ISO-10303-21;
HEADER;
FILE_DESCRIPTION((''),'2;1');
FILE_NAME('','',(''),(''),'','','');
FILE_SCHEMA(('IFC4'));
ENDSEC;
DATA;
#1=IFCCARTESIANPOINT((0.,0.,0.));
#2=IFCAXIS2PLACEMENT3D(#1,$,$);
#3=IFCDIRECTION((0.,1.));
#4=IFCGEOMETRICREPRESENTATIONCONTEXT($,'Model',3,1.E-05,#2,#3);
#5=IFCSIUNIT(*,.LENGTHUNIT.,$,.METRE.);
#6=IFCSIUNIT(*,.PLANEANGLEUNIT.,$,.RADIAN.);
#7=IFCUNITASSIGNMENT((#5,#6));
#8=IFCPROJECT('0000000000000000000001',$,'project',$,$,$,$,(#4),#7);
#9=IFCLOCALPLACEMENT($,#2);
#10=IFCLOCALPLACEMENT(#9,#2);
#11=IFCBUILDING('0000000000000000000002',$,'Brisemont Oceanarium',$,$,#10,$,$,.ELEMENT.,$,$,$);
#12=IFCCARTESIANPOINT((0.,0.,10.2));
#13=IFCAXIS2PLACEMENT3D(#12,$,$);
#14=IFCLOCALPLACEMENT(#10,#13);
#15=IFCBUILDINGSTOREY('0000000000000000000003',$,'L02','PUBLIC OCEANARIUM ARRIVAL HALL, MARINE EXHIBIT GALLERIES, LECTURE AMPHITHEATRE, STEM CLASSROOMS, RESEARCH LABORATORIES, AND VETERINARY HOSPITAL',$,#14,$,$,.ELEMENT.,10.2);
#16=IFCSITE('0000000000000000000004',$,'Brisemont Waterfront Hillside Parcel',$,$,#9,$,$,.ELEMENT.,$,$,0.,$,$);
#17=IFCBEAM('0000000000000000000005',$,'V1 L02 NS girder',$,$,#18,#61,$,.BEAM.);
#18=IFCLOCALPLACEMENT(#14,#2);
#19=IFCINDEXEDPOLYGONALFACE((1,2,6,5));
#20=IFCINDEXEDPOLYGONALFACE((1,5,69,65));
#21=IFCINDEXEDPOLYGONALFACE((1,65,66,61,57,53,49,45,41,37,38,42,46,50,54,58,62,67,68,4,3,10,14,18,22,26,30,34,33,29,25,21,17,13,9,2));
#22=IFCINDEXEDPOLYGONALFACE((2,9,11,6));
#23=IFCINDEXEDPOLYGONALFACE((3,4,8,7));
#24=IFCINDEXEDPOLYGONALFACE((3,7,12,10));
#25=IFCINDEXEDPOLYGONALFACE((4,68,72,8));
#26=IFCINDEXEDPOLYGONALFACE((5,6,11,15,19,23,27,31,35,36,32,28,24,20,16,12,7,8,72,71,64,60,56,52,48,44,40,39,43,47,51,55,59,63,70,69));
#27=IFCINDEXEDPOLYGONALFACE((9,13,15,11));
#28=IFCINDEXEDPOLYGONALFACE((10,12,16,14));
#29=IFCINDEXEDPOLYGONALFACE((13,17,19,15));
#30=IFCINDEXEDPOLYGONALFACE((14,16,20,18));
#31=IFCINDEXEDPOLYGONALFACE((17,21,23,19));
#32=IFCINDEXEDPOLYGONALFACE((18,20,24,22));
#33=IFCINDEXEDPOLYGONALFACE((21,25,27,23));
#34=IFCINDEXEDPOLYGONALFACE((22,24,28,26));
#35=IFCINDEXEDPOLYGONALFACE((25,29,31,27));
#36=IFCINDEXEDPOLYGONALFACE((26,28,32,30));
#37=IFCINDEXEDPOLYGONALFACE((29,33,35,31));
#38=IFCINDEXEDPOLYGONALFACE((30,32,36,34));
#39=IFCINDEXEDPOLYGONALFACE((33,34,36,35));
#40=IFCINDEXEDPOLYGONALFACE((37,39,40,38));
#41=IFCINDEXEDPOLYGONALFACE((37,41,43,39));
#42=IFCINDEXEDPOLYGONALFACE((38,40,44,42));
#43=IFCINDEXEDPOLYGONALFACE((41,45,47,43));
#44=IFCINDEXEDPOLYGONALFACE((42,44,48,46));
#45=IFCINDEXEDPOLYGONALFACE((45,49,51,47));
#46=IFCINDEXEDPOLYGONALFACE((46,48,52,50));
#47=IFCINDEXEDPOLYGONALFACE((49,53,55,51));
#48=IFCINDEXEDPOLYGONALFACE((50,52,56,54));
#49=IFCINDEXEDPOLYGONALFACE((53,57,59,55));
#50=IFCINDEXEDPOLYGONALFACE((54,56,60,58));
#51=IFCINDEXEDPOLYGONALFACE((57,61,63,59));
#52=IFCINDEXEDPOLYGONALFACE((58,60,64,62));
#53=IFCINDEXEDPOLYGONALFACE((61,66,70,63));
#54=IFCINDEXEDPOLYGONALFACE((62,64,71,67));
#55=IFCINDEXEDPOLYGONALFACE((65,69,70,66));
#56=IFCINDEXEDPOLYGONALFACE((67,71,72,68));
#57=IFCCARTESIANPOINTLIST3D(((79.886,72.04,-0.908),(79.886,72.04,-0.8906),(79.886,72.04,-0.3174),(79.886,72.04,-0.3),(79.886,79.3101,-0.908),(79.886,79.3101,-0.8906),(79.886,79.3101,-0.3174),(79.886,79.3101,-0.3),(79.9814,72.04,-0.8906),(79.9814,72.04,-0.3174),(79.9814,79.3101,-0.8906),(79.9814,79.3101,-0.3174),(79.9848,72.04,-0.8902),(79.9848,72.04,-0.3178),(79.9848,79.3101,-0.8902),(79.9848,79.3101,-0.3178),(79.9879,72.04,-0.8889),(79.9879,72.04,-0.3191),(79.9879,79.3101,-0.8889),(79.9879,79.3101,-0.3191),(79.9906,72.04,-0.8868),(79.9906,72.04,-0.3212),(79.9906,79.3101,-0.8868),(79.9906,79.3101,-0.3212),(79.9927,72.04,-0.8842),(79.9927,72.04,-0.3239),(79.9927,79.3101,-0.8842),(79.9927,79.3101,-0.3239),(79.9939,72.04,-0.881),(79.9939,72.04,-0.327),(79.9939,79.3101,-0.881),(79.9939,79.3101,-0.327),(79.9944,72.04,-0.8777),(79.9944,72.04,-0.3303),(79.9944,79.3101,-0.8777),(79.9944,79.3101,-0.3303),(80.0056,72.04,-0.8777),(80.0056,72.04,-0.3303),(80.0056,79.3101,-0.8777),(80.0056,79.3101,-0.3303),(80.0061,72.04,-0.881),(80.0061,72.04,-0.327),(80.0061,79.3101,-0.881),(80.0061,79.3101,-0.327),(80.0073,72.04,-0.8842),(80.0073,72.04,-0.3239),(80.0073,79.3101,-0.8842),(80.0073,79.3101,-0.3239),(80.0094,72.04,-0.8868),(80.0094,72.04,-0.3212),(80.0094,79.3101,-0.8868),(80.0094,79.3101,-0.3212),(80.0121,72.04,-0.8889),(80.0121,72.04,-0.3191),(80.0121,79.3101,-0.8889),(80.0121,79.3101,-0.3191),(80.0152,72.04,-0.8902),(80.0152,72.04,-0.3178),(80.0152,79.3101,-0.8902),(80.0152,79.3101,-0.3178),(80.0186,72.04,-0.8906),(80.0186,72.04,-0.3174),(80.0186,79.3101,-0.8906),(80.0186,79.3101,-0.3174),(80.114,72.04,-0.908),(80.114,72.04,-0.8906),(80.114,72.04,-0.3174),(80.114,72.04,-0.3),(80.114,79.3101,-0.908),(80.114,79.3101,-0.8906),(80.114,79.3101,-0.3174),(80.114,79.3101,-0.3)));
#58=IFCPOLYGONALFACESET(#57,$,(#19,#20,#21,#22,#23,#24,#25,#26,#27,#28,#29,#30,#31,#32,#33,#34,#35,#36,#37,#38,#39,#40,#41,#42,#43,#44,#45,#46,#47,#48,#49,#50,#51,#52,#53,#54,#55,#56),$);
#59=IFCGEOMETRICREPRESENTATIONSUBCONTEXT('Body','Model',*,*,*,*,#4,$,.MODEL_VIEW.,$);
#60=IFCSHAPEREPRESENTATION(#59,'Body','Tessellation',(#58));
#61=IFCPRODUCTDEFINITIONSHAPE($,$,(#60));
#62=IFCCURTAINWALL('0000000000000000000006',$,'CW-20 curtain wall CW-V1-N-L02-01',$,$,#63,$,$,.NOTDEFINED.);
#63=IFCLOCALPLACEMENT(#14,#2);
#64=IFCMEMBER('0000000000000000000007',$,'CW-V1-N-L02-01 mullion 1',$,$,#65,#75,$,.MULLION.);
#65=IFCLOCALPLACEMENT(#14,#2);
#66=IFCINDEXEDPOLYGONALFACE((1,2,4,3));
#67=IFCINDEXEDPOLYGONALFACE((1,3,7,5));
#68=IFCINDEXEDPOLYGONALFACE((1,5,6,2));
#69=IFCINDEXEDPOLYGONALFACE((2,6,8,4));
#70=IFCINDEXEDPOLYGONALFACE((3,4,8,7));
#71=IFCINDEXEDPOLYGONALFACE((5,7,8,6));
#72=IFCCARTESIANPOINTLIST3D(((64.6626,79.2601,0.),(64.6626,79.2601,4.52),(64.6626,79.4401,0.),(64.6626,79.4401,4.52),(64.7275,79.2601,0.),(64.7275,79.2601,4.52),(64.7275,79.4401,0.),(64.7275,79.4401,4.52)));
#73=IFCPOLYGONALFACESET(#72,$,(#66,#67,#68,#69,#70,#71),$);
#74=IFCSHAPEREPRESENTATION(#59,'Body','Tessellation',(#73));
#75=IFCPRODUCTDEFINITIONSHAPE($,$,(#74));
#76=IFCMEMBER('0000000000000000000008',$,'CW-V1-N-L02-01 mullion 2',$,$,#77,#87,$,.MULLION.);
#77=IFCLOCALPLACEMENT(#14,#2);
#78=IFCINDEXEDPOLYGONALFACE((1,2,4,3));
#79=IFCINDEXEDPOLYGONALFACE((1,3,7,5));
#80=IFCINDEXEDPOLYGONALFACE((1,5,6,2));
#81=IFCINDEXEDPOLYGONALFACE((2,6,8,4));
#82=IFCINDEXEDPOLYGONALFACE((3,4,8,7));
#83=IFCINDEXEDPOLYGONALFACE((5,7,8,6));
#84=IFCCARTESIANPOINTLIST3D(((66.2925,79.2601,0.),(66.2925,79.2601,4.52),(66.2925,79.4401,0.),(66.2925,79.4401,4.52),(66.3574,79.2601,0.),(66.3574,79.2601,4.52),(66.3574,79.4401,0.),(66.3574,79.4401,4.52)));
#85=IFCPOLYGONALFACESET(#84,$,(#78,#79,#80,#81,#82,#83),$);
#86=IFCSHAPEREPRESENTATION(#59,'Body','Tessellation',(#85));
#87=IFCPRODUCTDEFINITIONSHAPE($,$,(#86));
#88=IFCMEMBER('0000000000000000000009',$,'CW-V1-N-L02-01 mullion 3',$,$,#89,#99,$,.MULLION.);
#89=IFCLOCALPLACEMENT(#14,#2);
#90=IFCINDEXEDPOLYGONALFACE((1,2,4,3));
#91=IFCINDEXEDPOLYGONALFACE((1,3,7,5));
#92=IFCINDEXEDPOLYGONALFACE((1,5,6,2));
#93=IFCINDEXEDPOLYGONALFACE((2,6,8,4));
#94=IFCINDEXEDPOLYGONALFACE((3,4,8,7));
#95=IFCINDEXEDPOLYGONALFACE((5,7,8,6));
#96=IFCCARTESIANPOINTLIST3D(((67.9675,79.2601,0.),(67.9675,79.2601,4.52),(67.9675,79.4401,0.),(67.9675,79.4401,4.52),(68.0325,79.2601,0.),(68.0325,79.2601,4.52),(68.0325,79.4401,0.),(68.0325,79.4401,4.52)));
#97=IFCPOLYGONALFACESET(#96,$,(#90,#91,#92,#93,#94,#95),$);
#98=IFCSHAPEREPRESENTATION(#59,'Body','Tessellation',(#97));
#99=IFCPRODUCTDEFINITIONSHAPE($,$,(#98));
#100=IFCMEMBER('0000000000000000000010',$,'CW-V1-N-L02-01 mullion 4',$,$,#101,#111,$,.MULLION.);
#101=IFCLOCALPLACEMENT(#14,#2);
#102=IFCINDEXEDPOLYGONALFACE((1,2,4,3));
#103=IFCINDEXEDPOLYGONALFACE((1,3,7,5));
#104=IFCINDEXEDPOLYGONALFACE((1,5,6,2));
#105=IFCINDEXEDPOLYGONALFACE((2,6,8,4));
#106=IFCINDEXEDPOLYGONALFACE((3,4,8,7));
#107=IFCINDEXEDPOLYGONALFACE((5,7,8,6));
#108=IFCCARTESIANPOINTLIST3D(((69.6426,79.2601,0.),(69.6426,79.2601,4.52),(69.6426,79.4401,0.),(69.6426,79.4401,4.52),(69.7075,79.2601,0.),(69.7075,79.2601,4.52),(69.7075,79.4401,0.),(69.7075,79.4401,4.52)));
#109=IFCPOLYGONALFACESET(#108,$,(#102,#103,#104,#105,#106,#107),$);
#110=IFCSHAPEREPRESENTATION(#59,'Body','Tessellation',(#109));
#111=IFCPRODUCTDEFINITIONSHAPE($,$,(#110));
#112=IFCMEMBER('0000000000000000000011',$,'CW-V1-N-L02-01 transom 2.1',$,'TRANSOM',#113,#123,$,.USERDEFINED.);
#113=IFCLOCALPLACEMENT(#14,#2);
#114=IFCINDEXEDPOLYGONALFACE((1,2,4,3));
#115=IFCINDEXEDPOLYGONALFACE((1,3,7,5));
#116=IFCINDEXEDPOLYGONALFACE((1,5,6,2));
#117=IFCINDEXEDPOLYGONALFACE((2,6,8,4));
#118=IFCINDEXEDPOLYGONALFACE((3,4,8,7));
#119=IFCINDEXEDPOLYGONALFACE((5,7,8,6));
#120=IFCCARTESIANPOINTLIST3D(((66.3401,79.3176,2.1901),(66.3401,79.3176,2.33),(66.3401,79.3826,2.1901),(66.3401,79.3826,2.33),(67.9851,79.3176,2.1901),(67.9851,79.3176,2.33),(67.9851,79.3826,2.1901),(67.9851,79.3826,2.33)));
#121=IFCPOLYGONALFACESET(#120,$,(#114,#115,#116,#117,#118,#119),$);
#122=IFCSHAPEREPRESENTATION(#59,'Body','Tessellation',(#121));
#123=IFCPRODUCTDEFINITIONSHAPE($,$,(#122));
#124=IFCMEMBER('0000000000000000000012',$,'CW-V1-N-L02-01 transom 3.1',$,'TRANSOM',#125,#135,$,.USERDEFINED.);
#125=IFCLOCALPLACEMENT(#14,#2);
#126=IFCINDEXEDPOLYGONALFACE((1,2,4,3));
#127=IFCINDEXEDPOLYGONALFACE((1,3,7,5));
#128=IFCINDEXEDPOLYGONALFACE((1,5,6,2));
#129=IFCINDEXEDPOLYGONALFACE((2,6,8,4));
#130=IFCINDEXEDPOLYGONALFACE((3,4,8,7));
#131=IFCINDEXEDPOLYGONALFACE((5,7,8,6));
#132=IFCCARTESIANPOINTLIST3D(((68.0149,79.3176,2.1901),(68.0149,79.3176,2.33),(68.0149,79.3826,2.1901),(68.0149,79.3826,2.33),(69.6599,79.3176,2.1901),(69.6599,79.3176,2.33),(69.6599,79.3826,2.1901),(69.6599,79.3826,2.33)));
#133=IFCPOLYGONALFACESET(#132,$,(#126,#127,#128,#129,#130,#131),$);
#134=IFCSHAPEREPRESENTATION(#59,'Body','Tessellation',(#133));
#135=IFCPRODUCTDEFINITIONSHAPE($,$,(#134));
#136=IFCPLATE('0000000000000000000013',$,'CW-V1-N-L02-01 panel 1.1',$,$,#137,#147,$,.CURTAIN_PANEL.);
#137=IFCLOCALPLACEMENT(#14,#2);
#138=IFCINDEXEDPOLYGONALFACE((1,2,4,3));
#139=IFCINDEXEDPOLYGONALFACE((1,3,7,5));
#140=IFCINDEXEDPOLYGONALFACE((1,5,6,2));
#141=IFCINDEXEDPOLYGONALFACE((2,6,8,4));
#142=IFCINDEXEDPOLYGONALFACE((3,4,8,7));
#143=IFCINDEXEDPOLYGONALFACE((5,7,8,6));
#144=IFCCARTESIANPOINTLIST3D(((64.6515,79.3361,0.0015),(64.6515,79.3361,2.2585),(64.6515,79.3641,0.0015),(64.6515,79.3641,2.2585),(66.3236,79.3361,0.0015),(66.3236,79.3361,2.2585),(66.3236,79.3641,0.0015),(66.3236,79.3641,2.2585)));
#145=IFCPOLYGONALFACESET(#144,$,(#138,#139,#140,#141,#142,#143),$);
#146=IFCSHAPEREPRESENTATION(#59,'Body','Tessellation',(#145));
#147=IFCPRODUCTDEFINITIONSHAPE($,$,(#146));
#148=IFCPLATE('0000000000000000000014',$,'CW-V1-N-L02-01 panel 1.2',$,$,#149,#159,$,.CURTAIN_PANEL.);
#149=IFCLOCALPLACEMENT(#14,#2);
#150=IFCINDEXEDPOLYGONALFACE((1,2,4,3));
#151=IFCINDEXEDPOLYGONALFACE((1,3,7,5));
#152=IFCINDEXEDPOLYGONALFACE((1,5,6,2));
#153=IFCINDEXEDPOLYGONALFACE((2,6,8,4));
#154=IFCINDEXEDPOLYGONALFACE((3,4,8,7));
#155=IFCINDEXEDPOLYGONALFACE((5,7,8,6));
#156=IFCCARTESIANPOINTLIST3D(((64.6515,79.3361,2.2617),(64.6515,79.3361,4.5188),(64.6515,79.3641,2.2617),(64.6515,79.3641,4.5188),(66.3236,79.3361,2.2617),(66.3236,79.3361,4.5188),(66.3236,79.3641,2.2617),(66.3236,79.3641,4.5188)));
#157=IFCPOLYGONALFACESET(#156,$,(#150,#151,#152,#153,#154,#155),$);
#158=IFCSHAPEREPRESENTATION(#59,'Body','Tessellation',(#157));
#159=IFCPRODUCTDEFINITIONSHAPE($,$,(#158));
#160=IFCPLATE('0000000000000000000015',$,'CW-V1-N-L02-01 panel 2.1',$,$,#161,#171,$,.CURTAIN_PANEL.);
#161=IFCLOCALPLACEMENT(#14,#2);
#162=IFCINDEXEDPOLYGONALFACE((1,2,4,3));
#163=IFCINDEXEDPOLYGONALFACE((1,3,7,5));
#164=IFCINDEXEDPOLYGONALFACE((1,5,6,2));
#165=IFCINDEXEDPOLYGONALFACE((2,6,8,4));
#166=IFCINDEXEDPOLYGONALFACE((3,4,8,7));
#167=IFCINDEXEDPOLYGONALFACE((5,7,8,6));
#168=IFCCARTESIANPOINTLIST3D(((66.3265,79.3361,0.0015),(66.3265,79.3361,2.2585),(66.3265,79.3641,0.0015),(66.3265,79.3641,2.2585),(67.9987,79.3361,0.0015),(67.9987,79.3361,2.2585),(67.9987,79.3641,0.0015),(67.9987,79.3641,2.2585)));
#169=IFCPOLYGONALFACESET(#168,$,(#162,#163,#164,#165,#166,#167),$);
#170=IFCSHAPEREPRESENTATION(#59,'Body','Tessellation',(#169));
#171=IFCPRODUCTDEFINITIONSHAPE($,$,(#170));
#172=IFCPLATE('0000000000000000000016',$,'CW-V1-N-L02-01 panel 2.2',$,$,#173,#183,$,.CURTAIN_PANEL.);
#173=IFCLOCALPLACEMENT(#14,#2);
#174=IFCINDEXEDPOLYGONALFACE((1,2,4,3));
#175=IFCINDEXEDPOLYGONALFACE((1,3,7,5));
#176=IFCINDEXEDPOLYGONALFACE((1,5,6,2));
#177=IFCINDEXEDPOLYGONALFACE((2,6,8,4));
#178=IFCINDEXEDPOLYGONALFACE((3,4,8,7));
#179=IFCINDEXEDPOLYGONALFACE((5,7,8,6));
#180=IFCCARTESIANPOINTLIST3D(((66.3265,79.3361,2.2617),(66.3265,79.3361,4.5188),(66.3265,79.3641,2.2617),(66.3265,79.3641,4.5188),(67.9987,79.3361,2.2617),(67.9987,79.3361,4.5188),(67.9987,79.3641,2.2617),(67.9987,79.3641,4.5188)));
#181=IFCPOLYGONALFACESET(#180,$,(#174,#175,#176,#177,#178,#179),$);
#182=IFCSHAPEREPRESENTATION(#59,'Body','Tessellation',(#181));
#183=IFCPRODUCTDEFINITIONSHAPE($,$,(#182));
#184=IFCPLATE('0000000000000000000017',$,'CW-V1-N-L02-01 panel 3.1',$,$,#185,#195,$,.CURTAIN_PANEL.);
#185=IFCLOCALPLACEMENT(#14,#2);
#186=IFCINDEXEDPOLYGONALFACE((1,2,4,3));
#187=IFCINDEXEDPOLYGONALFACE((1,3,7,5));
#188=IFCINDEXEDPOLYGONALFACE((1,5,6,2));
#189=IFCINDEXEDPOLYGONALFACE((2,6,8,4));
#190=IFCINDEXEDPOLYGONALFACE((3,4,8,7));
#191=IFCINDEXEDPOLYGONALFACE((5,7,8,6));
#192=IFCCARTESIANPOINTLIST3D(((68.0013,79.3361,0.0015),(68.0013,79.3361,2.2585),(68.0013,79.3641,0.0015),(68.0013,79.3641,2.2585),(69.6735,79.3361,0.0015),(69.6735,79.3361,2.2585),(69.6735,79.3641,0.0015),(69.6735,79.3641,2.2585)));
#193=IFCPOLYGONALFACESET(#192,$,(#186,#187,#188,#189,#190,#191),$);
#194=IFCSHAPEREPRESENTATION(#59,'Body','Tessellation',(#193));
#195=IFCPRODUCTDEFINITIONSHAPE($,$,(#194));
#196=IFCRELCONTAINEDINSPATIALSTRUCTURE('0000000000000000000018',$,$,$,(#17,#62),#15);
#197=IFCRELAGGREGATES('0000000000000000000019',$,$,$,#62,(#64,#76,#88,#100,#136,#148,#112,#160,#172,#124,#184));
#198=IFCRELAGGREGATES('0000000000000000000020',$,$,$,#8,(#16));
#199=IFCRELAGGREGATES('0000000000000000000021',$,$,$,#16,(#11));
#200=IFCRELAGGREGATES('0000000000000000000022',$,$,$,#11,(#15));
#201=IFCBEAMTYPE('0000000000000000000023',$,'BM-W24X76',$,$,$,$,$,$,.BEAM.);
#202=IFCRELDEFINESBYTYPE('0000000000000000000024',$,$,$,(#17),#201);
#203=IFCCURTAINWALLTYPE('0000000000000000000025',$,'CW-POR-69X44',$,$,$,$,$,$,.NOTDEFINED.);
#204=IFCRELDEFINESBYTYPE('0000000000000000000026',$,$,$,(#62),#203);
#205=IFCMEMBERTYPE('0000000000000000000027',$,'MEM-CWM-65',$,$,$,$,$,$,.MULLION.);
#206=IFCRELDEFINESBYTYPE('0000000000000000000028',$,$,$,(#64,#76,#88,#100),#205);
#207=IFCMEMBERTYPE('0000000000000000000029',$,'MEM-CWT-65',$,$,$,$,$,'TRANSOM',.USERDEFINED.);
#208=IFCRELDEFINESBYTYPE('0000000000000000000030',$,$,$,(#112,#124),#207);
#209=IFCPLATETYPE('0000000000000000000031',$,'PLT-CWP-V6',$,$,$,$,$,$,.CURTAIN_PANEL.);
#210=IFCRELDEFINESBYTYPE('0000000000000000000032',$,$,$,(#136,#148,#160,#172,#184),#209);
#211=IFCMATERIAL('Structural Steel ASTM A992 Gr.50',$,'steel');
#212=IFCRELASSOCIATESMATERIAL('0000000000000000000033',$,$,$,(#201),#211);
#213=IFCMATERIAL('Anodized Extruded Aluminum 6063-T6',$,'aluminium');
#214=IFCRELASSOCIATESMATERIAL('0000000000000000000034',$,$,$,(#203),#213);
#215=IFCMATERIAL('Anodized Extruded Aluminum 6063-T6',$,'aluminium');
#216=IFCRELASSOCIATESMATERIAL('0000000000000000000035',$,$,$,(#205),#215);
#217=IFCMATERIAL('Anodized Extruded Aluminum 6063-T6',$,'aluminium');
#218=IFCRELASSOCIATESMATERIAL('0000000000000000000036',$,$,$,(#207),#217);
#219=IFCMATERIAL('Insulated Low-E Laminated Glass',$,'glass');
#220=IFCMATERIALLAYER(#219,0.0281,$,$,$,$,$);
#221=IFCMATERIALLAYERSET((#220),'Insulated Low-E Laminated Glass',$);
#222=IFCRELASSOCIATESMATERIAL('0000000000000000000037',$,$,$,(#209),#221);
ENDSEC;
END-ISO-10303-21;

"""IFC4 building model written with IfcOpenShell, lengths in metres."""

from ifc_helpers import new_model, si_unit, direction, frame, origin, origin_2d, place, context, subcontext, project, spatial, rectangle, i_section, extrude, material, layer, layer_set, material_profile, profile_set, type_object, element, aggregate, save


model = new_model("IFC4")

# Units and contexts
model_context = context("Model", 3, precision=1e-05, world=origin(), true_north=direction((0.0, 1.0)))
body_context = subcontext(model_context, "Body", "Model", "MODEL_VIEW")
ifc_project = project(units=[si_unit("LENGTHUNIT", "METRE"), si_unit("PLANEANGLEUNIT", "RADIAN")], contexts=[model_context])

# Site, building, storey
site_placement = place(None, origin())
site = spatial("IfcSite", under=ifc_project, at=site_placement, Name="Brisemont Waterfront Hillside Parcel", CompositionType="ELEMENT", RefElevation=0.0)
building_placement = place(site_placement, origin())
building = spatial("IfcBuilding", under=site, at=building_placement, Name="Brisemont Oceanarium", CompositionType="ELEMENT")
storey_placement = place(building_placement, frame((0.0, 0.0, 10.2)))
storey = spatial("IfcBuildingStorey", under=building, at=storey_placement, Name="L02", Description="PUBLIC OCEANARIUM ARRIVAL HALL, MARINE EXHIBIT GALLERIES, LECTURE AMPHITHEATRE, STEM CLASSROOMS, RESEARCH LABORATORIES, AND VETERINARY HOSPITAL", CompositionType="ELEMENT", Elevation=10.2)

# Beam
ifc_material_1 = material(Name="Structural Steel ASTM A992 Gr.50", Category="steel")
ifc_material_profile_1 = material_profile(ifc_material_1, i_section(OverallWidth=0.228, OverallDepth=0.6079, WebThickness=0.0112, FlangeThickness=0.0173, FilletRadius=0.0129, at=origin_2d()), Name="W24X76")
ifc_profile_set_1 = profile_set([ifc_material_profile_1], Name="Structural Steel ASTM A992 Gr.50")
beam_type_1 = type_object("IfcBeamType", Name="BM-W24X76", PredefinedType="BEAM", material=ifc_profile_set_1)
beam_1_placement = place(storey_placement, frame((80.0, 72.04, -0.604), z_axis=(0.0, 1.0, 0.0), x_axis=(-1.0, 0.0, 0.0)))
element("IfcBeam", 1, at=beam_1_placement, inside=storey, type_object=beam_type_1, Name="V1 L02 NS girder", PredefinedType="BEAM", context=body_context, shape_type="SweptSolid", body=[
    extrude(i_section(OverallWidth=0.228, OverallDepth=0.6079, WebThickness=0.0112, FlangeThickness=0.0173, FilletRadius=0.0129, at=origin_2d()), origin(), (0.0, 0.0, 1.0), 7.27),
])

# Curtain wall, members, plates
ifc_material_2 = material(Name="Anodized Extruded Aluminum 6063-T6", Category="aluminium")
curtain_wall_type = type_object("IfcCurtainWallType", Name="CW-POR-69X44", PredefinedType="NOTDEFINED", material=ifc_material_2)
curtain_wall_placement = place(storey_placement, origin())
curtain_wall = element("IfcCurtainWall", 2, at=curtain_wall_placement, inside=storey, type_object=curtain_wall_type, Name="CW-20 curtain wall CW-V1-N-L02-01", PredefinedType="NOTDEFINED")
ifc_material_3 = material(Name="Anodized Extruded Aluminum 6063-T6", Category="aluminium")
ifc_material_profile_2 = material_profile(ifc_material_3, rectangle(XDim=0.0649, YDim=0.1799, at=origin_2d()), Name="CWM-65X180")
ifc_profile_set_2 = profile_set([ifc_material_profile_2], Name="Anodized Extruded Aluminum 6063-T6")
member_type_1 = type_object("IfcMemberType", Name="MEM-CWM-65", PredefinedType="MULLION", material=ifc_profile_set_2)
member_1_placement = place(storey_placement, frame((64.6951, 79.3501, 0.0), z_axis=(0.0, 0.0, 1.0), x_axis=(1.0, 0.0, 0.0)))
member_1 = element("IfcMember", 3, at=member_1_placement, type_object=member_type_1, Name="CW-V1-N-L02-01 mullion 1", PredefinedType="MULLION", context=body_context, shape_type="SweptSolid", body=[
    extrude(rectangle(XDim=0.0649, YDim=0.1799, at=origin_2d()), origin(), (0.0, 0.0, 1.0), 4.52),
])
member_2_placement = place(storey_placement, frame((66.325, 79.3501, 0.0), z_axis=(0.0, 0.0, 1.0), x_axis=(1.0, 0.0, 0.0)))
member_2 = element("IfcMember", 4, at=member_2_placement, type_object=member_type_1, Name="CW-V1-N-L02-01 mullion 2", PredefinedType="MULLION", context=body_context, shape_type="SweptSolid", body=[
    extrude(rectangle(XDim=0.0649, YDim=0.1799, at=origin_2d()), origin(), (0.0, 0.0, 1.0), 4.52),
])
member_3_placement = place(storey_placement, frame((68.0, 79.3501, 0.0), z_axis=(0.0, 0.0, 1.0), x_axis=(1.0, 0.0, 0.0)))
member_3 = element("IfcMember", 5, at=member_3_placement, type_object=member_type_1, Name="CW-V1-N-L02-01 mullion 3", PredefinedType="MULLION", context=body_context, shape_type="SweptSolid", body=[
    extrude(rectangle(XDim=0.0649, YDim=0.1799, at=origin_2d()), origin(), (0.0, 0.0, 1.0), 4.52),
])
member_4_placement = place(storey_placement, frame((69.675, 79.3501, 0.0), z_axis=(0.0, 0.0, 1.0), x_axis=(1.0, 0.0, 0.0)))
member_4 = element("IfcMember", 6, at=member_4_placement, type_object=member_type_1, Name="CW-V1-N-L02-01 mullion 4", PredefinedType="MULLION", context=body_context, shape_type="SweptSolid", body=[
    extrude(rectangle(XDim=0.0649, YDim=0.1799, at=origin_2d()), origin(), (0.0, 0.0, 1.0), 4.52),
])
ifc_material_4 = material(Name="Anodized Extruded Aluminum 6063-T6", Category="aluminium")
ifc_material_profile_3 = material_profile(ifc_material_4, rectangle(XDim=0.0649, YDim=0.1399, at=origin_2d()), Name="CWT-65X140")
ifc_profile_set_3 = profile_set([ifc_material_profile_3], Name="Anodized Extruded Aluminum 6063-T6")
member_type_2 = type_object("IfcMemberType", Name="MEM-CWT-65", ElementType="TRANSOM", PredefinedType="USERDEFINED", material=ifc_profile_set_3)
member_5_placement = place(storey_placement, frame((66.3401, 79.3501, 2.26), z_axis=(1.0, 0.0, 0.0), x_axis=(0.0, 1.0, 0.0)))
member_5 = element("IfcMember", 7, at=member_5_placement, type_object=member_type_2, Name="CW-V1-N-L02-01 transom 2.1", ObjectType="TRANSOM", PredefinedType="USERDEFINED", context=body_context, shape_type="SweptSolid", body=[
    extrude(rectangle(XDim=0.0649, YDim=0.1399, at=origin_2d()), origin(), (0.0, 0.0, 1.0), 1.645),
])
member_6_placement = place(storey_placement, frame((68.0149, 79.3501, 2.26), z_axis=(1.0, 0.0, 0.0), x_axis=(0.0, 1.0, 0.0)))
member_6 = element("IfcMember", 8, at=member_6_placement, type_object=member_type_2, Name="CW-V1-N-L02-01 transom 3.1", ObjectType="TRANSOM", PredefinedType="USERDEFINED", context=body_context, shape_type="SweptSolid", body=[
    extrude(rectangle(XDim=0.0649, YDim=0.1399, at=origin_2d()), origin(), (0.0, 0.0, 1.0), 1.645),
])
ifc_material_5 = material(Name="Insulated Low-E Laminated Glass", Category="glass")
ifc_layer = layer(ifc_material_5, 0.0281)
ifc_layer_set = layer_set([ifc_layer], Name="Insulated Low-E Laminated Glass")
plate_type = type_object("IfcPlateType", Name="PLT-CWP-V6", PredefinedType="CURTAIN_PANEL", material=ifc_layer_set)
plate_1_placement = place(storey_placement, frame((65.4875, 79.3501, 0.0015), z_axis=(0.0, 0.0, 1.0), x_axis=(1.0, 0.0, 0.0)))
plate_1 = element("IfcPlate", 9, at=plate_1_placement, type_object=plate_type, Name="CW-V1-N-L02-01 panel 1.1", PredefinedType="CURTAIN_PANEL", context=body_context, shape_type="SweptSolid", body=[
    extrude(rectangle(XDim=1.6721, YDim=0.0281, at=origin_2d()), origin(), (0.0, 0.0, 1.0), 2.2571),
])
plate_2_placement = place(storey_placement, frame((65.4875, 79.3501, 2.2617), z_axis=(0.0, 0.0, 1.0), x_axis=(1.0, 0.0, 0.0)))
plate_2 = element("IfcPlate", 10, at=plate_2_placement, type_object=plate_type, Name="CW-V1-N-L02-01 panel 1.2", PredefinedType="CURTAIN_PANEL", context=body_context, shape_type="SweptSolid", body=[
    extrude(rectangle(XDim=1.6721, YDim=0.0281, at=origin_2d()), origin(), (0.0, 0.0, 1.0), 2.2571),
])
plate_3_placement = place(storey_placement, frame((67.1626, 79.3501, 0.0015), z_axis=(0.0, 0.0, 1.0), x_axis=(1.0, 0.0, 0.0)))
plate_3 = element("IfcPlate", 11, at=plate_3_placement, type_object=plate_type, Name="CW-V1-N-L02-01 panel 2.1", PredefinedType="CURTAIN_PANEL", context=body_context, shape_type="SweptSolid", body=[
    extrude(rectangle(XDim=1.6721, YDim=0.0281, at=origin_2d()), origin(), (0.0, 0.0, 1.0), 2.2571),
])
plate_4_placement = place(storey_placement, frame((67.1626, 79.3501, 2.2617), z_axis=(0.0, 0.0, 1.0), x_axis=(1.0, 0.0, 0.0)))
plate_4 = element("IfcPlate", 12, at=plate_4_placement, type_object=plate_type, Name="CW-V1-N-L02-01 panel 2.2", PredefinedType="CURTAIN_PANEL", context=body_context, shape_type="SweptSolid", body=[
    extrude(rectangle(XDim=1.6721, YDim=0.0281, at=origin_2d()), origin(), (0.0, 0.0, 1.0), 2.2571),
])
plate_5_placement = place(storey_placement, frame((68.8374, 79.3501, 0.0015), z_axis=(0.0, 0.0, 1.0), x_axis=(1.0, 0.0, 0.0)))
plate_5 = element("IfcPlate", 13, at=plate_5_placement, type_object=plate_type, Name="CW-V1-N-L02-01 panel 3.1", PredefinedType="CURTAIN_PANEL", context=body_context, shape_type="SweptSolid", body=[
    extrude(rectangle(XDim=1.6721, YDim=0.0281, at=origin_2d()), origin(), (0.0, 0.0, 1.0), 2.2571),
])
aggregate(curtain_wall, [member_1, member_2, member_3, member_4, plate_1, plate_2, member_5, plate_3, plate_4, member_6, plate_5])

save(model, "model.ifc")
